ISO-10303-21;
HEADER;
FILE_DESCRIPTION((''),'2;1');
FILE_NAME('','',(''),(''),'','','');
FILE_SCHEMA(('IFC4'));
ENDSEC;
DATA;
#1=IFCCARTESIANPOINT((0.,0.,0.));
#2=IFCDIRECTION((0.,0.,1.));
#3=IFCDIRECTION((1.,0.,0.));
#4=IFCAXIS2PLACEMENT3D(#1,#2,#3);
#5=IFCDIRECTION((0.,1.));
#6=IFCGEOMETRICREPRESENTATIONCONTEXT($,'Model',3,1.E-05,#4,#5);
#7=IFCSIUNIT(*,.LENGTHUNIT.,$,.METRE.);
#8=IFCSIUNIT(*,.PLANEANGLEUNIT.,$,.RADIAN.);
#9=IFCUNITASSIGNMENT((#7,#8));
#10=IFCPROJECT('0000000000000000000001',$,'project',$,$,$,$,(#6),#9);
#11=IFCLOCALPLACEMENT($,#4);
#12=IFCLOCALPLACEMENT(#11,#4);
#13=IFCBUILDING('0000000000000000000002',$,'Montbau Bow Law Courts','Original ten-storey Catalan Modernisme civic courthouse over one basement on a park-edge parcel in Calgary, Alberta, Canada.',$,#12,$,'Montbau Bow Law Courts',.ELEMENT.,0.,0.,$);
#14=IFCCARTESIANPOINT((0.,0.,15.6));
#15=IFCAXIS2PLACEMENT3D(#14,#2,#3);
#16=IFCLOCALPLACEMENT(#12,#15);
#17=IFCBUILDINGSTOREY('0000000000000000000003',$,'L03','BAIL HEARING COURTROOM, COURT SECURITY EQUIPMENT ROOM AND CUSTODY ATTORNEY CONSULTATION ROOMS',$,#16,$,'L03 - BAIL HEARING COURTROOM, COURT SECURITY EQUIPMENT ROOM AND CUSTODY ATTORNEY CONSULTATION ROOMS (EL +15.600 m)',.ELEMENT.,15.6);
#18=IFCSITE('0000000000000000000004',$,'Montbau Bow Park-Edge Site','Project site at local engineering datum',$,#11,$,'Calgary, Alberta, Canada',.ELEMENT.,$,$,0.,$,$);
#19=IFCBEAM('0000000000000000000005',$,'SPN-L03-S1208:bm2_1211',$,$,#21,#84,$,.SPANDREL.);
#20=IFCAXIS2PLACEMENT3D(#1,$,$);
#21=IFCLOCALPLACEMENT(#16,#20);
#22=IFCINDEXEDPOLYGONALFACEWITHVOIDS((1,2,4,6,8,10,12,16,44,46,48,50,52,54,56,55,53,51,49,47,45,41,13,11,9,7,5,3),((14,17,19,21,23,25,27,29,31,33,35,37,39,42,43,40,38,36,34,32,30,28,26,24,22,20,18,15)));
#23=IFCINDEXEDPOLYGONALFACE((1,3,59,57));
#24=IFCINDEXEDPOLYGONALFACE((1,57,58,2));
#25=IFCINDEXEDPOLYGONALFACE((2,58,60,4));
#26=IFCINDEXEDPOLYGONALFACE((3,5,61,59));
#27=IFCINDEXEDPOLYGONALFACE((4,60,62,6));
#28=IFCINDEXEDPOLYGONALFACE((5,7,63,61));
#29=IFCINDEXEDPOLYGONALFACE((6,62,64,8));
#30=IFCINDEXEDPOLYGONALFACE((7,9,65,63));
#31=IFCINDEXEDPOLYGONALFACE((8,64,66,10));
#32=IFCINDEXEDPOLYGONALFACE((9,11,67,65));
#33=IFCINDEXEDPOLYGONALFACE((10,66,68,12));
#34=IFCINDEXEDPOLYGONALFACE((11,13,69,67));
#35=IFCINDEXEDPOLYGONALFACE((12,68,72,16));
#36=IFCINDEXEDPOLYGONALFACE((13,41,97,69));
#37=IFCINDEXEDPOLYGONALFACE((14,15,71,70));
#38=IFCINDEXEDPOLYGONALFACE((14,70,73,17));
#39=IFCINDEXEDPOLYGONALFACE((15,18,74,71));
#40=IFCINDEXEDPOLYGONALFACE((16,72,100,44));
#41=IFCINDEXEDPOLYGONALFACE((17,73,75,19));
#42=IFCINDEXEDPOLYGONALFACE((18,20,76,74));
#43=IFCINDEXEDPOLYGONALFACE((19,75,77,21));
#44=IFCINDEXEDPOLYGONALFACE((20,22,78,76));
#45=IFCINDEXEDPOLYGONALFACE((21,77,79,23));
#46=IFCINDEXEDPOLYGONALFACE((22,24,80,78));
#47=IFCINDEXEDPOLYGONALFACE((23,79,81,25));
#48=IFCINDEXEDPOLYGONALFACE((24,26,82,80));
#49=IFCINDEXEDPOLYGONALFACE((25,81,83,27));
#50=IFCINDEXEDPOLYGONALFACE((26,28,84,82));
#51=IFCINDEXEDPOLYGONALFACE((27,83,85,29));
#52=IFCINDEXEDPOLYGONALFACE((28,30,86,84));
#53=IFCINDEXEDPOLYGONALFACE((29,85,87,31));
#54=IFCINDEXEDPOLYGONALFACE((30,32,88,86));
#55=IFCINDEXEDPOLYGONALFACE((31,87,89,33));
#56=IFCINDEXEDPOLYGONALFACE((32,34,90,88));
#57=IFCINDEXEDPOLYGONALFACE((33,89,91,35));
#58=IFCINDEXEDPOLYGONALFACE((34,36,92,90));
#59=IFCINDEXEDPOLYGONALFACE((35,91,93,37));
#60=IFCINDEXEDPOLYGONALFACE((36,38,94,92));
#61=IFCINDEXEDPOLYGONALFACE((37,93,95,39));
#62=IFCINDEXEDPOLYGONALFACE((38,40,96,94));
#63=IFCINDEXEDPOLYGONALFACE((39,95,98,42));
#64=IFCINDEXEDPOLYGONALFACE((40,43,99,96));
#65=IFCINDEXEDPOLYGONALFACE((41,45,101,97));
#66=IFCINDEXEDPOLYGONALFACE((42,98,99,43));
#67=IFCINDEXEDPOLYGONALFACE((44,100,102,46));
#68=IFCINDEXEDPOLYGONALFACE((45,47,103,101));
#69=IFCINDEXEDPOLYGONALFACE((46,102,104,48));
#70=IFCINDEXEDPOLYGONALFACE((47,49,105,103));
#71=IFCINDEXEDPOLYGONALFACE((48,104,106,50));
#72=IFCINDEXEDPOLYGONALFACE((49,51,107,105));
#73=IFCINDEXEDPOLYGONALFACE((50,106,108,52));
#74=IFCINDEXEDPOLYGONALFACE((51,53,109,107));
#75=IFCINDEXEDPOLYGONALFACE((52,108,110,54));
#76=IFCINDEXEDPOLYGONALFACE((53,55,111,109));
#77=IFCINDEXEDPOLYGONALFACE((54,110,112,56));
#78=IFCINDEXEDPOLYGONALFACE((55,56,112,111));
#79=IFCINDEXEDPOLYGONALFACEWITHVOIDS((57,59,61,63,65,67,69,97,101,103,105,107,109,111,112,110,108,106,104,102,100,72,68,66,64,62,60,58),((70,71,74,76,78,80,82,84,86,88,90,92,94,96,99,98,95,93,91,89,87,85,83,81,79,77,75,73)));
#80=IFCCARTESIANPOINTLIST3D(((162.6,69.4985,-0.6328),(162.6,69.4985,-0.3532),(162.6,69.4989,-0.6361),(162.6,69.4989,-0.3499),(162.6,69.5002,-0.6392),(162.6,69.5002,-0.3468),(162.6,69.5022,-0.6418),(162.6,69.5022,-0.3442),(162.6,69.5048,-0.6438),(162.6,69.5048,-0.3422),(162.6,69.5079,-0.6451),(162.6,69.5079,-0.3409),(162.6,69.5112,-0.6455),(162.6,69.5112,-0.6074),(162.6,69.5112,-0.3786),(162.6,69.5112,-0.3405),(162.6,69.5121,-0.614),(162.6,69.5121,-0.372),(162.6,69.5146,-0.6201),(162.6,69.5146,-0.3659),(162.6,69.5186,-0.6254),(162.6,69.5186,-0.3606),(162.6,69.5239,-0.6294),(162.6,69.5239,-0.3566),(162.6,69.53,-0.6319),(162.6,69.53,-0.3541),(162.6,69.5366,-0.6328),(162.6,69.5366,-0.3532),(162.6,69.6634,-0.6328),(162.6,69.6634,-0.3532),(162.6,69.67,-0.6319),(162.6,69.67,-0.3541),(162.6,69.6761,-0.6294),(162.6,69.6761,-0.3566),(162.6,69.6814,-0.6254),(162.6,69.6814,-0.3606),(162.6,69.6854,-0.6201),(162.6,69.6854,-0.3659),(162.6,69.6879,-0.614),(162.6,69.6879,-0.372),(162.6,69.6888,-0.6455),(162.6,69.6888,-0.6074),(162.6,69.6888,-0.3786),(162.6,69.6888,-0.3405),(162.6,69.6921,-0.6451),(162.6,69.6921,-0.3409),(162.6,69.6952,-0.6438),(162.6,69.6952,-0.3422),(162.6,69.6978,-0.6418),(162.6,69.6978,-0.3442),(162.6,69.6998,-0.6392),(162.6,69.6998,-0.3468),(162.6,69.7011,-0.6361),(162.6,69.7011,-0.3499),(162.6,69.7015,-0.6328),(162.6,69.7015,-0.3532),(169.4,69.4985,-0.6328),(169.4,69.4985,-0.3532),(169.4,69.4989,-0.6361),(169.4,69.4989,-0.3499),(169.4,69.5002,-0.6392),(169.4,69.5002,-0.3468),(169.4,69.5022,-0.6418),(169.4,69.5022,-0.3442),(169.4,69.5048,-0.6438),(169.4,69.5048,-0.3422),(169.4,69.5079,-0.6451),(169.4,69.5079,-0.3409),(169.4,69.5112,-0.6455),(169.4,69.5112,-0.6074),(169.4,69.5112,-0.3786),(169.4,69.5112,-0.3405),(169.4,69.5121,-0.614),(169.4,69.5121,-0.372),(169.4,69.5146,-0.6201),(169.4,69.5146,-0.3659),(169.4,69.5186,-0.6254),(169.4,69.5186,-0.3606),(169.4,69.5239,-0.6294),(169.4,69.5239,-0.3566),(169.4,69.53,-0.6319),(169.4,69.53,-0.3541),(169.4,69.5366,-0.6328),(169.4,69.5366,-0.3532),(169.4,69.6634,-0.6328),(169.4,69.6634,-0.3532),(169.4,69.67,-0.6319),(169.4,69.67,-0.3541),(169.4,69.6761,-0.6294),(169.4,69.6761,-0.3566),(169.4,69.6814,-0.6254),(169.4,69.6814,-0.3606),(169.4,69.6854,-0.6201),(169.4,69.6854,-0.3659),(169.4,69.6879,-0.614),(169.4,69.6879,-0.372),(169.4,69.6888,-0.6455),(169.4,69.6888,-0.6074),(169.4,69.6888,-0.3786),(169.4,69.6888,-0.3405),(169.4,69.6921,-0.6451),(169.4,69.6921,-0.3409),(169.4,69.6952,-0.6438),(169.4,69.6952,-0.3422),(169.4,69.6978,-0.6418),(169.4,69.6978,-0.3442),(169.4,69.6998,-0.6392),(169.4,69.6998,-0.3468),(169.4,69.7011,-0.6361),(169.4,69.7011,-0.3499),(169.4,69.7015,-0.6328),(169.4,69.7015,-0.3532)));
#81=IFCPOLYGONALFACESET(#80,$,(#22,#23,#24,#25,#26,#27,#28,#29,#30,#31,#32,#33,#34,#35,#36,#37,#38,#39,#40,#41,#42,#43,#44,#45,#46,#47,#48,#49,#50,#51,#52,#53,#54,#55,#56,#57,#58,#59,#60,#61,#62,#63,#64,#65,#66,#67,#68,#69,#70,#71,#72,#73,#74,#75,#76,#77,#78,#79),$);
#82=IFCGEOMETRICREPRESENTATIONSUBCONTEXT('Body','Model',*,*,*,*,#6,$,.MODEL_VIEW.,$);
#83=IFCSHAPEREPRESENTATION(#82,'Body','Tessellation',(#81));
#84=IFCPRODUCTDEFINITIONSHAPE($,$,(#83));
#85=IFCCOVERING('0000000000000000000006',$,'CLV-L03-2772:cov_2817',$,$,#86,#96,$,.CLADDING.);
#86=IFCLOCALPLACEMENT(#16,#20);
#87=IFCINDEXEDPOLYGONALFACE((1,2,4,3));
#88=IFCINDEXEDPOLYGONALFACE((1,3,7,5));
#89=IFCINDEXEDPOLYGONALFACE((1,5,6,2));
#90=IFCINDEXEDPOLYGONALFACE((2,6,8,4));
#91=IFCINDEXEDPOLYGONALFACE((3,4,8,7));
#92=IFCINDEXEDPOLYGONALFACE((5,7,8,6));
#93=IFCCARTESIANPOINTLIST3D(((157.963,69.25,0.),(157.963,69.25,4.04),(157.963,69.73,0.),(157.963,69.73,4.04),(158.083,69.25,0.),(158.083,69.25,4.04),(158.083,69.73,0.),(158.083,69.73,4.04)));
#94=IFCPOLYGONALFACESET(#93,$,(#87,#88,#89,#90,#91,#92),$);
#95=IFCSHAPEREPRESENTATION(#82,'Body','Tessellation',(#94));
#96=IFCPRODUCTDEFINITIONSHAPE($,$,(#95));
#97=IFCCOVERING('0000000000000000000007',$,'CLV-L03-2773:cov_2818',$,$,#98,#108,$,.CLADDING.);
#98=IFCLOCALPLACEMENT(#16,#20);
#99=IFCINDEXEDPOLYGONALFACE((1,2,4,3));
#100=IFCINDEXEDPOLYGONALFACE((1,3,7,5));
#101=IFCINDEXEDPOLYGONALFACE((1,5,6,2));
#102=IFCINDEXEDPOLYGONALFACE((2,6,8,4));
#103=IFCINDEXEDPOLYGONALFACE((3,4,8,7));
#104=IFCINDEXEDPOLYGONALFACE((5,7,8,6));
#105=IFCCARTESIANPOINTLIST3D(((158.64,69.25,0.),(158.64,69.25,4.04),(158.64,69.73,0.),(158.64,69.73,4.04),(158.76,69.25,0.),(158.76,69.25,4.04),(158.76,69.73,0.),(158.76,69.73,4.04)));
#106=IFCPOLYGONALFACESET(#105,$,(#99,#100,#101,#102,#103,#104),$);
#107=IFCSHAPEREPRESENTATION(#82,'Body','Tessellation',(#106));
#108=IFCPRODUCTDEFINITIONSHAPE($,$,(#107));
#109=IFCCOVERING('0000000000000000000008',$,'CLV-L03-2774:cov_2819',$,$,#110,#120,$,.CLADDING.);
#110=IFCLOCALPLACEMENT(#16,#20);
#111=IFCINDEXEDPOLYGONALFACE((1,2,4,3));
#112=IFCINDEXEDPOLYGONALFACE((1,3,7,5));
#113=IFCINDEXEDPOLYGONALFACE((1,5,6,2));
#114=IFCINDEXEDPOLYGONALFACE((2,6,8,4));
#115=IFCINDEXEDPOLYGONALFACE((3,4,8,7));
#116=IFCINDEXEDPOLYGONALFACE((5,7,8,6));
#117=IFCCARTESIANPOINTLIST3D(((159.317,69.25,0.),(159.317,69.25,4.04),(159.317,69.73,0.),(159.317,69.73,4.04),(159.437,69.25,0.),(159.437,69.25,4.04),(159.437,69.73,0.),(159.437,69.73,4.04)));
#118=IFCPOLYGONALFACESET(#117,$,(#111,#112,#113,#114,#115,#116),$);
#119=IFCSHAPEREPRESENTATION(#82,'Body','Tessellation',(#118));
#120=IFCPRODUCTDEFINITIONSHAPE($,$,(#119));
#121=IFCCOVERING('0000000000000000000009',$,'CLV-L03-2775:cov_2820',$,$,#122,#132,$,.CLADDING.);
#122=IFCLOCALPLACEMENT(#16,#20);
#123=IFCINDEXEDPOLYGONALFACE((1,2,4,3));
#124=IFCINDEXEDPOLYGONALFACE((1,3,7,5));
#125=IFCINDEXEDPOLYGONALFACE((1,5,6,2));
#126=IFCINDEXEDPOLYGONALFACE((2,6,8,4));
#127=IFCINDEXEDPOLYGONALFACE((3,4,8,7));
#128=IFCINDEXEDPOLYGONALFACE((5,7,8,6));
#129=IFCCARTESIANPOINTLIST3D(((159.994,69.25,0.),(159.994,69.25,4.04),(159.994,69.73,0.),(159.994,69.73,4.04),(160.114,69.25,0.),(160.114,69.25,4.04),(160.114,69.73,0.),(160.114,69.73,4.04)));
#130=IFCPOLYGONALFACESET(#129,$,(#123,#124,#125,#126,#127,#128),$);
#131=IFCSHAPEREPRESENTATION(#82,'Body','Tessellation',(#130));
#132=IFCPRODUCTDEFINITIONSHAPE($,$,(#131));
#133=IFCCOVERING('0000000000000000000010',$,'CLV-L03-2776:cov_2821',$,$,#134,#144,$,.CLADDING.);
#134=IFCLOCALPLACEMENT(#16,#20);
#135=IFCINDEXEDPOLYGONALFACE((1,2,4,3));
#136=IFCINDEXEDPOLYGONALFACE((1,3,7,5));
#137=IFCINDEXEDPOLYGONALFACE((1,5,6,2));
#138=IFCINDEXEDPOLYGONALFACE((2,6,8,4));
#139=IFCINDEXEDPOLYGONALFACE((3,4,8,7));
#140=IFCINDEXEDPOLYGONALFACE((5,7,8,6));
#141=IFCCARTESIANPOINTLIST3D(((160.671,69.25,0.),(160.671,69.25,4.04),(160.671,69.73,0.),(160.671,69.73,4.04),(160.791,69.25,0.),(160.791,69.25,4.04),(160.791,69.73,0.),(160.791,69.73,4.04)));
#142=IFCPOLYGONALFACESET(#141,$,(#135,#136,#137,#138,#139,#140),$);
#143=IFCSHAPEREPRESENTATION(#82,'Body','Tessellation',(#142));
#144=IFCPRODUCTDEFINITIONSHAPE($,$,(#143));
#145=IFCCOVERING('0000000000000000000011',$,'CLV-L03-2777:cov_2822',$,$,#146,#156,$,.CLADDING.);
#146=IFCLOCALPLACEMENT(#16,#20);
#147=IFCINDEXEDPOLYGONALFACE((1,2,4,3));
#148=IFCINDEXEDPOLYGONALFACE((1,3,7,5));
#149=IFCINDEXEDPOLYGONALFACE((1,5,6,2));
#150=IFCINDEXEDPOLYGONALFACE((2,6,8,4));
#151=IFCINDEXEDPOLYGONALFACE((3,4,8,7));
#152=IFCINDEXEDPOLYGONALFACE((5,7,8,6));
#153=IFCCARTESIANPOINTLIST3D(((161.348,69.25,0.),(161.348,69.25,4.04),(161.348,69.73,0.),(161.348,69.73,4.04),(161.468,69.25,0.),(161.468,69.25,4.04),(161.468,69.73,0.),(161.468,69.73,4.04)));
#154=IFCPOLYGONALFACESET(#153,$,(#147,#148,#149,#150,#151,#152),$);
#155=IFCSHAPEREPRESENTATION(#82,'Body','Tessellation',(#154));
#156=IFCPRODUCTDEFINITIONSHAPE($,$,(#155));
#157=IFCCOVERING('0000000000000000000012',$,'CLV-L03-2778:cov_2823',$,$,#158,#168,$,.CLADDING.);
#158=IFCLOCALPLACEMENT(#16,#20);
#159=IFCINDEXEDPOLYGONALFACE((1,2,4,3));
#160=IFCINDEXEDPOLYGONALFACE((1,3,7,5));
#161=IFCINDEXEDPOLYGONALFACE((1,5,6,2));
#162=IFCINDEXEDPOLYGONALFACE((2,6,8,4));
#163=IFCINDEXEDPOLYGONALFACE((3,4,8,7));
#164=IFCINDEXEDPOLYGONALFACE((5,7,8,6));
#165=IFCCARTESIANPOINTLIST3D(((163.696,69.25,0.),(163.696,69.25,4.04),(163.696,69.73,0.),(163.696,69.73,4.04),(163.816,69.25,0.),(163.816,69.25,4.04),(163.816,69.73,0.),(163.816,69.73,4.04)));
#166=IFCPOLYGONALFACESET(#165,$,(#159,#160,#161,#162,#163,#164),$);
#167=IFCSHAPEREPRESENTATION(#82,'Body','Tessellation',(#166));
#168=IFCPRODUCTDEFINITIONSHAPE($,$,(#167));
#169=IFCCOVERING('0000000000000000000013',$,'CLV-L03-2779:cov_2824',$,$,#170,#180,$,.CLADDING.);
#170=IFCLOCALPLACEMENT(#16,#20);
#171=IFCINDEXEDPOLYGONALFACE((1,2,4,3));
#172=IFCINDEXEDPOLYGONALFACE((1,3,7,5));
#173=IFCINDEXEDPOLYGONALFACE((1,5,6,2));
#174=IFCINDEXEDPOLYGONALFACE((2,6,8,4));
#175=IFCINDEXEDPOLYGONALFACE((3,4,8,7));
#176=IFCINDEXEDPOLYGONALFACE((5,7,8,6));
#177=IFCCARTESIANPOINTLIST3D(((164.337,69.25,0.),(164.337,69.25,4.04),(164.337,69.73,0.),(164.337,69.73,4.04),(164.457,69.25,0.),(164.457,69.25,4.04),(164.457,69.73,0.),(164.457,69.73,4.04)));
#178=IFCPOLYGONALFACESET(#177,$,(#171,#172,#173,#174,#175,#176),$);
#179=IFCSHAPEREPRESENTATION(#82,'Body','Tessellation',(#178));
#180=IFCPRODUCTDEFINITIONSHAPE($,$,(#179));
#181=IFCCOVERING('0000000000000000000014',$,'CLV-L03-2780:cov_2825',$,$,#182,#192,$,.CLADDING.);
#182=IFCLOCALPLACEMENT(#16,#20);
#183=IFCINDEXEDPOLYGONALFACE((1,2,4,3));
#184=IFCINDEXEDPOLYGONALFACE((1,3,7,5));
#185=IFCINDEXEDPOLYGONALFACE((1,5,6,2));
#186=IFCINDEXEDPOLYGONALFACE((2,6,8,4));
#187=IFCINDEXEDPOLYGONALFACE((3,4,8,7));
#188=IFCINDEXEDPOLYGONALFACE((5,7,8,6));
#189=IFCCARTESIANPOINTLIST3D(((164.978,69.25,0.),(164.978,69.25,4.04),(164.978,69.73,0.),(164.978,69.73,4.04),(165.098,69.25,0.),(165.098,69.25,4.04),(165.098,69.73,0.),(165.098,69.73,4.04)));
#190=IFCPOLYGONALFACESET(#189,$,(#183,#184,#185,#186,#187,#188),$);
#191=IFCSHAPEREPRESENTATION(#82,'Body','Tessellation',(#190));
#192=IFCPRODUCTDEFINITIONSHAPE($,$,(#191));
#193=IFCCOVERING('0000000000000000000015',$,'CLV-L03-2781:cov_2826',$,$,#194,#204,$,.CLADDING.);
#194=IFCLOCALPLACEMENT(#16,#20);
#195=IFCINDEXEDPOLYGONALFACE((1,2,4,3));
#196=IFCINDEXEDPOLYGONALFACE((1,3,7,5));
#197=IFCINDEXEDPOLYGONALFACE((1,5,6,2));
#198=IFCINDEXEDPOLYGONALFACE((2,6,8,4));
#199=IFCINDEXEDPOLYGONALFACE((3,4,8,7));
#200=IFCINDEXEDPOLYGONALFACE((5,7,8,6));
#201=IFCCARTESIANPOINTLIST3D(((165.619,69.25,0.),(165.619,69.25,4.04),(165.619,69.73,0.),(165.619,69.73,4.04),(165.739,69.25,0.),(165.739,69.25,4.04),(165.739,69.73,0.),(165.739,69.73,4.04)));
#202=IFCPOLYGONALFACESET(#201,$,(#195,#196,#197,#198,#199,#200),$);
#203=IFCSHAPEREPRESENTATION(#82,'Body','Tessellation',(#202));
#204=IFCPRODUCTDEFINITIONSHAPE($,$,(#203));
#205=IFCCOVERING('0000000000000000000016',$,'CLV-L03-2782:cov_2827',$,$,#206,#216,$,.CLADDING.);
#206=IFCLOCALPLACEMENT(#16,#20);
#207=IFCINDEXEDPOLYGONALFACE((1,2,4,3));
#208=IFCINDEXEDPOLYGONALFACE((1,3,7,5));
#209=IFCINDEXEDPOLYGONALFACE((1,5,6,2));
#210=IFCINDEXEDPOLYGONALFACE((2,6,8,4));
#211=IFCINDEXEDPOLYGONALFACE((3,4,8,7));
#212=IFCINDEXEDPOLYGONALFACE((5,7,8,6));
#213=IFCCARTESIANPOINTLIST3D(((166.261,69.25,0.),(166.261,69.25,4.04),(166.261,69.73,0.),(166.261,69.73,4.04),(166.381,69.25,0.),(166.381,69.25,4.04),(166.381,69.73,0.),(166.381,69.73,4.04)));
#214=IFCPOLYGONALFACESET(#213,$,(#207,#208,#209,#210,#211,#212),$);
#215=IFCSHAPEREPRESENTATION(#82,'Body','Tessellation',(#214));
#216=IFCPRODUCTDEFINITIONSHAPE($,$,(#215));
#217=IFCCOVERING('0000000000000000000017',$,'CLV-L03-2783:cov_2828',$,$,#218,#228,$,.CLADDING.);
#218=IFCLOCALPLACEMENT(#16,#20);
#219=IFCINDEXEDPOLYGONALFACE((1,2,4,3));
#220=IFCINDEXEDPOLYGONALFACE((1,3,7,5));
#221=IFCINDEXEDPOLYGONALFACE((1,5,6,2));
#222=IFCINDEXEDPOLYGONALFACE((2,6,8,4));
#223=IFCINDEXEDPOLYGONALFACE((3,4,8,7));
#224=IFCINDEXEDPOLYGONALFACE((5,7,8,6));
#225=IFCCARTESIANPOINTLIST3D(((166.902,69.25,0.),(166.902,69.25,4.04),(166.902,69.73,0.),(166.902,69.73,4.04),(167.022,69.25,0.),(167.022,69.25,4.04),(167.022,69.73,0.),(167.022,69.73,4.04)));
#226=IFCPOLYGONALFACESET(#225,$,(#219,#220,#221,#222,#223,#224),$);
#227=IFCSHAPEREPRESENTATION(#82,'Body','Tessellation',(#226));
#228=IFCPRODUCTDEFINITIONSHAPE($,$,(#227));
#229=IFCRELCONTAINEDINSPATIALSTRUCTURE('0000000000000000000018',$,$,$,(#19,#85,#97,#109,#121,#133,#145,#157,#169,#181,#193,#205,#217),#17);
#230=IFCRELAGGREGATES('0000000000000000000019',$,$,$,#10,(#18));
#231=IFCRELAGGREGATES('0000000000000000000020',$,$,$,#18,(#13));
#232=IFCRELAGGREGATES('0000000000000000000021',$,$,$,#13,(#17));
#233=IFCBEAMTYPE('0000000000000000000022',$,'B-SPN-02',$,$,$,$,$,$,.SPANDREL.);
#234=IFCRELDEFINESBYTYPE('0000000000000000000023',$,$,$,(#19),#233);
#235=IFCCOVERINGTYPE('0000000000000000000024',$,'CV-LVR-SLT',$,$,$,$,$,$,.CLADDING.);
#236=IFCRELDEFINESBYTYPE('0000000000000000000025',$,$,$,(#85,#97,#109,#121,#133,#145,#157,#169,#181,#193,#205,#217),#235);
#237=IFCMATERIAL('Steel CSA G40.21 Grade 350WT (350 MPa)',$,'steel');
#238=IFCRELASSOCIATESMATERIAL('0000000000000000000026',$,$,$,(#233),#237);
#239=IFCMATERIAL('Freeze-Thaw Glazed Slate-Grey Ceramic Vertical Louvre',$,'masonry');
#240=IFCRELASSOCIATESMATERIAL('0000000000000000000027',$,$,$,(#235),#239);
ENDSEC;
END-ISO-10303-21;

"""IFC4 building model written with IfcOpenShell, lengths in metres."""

from ifc_helpers import new_model, si_unit, direction, frame, frame_2d, origin_with_axes, origin_2d_with_axis, place, context, subcontext, project, spatial, rectangle, hollow_rectangle, extrude, material, material_profile, profile_set, type_object, element, save


model = new_model("IFC4")

# Units and contexts
model_context = context("Model", 3, precision=1e-05, world=origin_with_axes(), true_north=direction((0.0, 1.0)))
body_context = subcontext(model_context, "Body", "Model", "MODEL_VIEW")
ifc_project = project(units=[si_unit("LENGTHUNIT", "METRE"), si_unit("PLANEANGLEUNIT", "RADIAN")], contexts=[model_context])

# Site, building, storey
site_placement = place(None, origin_with_axes())
site = spatial("IfcSite", under=ifc_project, at=site_placement, Name="Montbau Bow Park-Edge Site", Description="Project site at local engineering datum", LongName="Calgary, Alberta, Canada", CompositionType="ELEMENT", RefElevation=0.0)
building_placement = place(site_placement, origin_with_axes())
building = spatial("IfcBuilding", under=site, at=building_placement, Name="Montbau Bow Law Courts", Description="Original ten-storey Catalan Modernisme civic courthouse over one basement on a park-edge parcel in Calgary, Alberta, Canada.", LongName="Montbau Bow Law Courts", CompositionType="ELEMENT", ElevationOfRefHeight=0.0, ElevationOfTerrain=0.0)
storey_placement = place(building_placement, frame((0.0, 0.0, 15.6), z_axis=(0.0, 0.0, 1.0), x_axis=(1.0, 0.0, 0.0)))
storey = spatial("IfcBuildingStorey", under=building, at=storey_placement, Name="L03", Description="BAIL HEARING COURTROOM, COURT SECURITY EQUIPMENT ROOM AND CUSTODY ATTORNEY CONSULTATION ROOMS", LongName="L03 - BAIL HEARING COURTROOM, COURT SECURITY EQUIPMENT ROOM AND CUSTODY ATTORNEY CONSULTATION ROOMS (EL +15.600 m)", CompositionType="ELEMENT", Elevation=15.6)

# Beam
ifc_material_1 = material(Name="Steel CSA G40.21 Grade 350WT (350 MPa)", Category="steel")
ifc_material_profile_1 = material_profile(ifc_material_1, hollow_rectangle(XDim=0.203, YDim=0.305, WallThickness=0.0127, InnerFilletRadius=0.0254, OuterFilletRadius=0.0127, at=origin_2d_with_axis()), Name="HSS305X203X13", Category="Main", Priority=0)
ifc_profile_set_1 = profile_set([ifc_material_profile_1], Name="Steel CSA G40.21 Grade 350WT (350 MPa)")
beam_type_1 = type_object("IfcBeamType", Name="B-SPN-02", PredefinedType="SPANDREL", material=ifc_profile_set_1)
beam_1_placement = place(None, frame((162.6, 69.6, 15.107), z_axis=(1.0, 0.0, 0.0), x_axis=(0.0, 1.0, 0.0)))
element("IfcBeam", 1, at=beam_1_placement, inside=storey, type_object=beam_type_1, Name="SPN-L03-S1208:bm2_1211", PredefinedType="SPANDREL", context=body_context, shape_type="SweptSolid", body=[
    extrude(hollow_rectangle(XDim=0.203, YDim=0.305, WallThickness=0.0127, InnerFilletRadius=0.0254, OuterFilletRadius=0.0127, at=origin_2d_with_axis()), origin_with_axes(), (0.0, 0.0, 1.0), 6.8),
])

# Coverings
ifc_material_2 = material(Name="Freeze-Thaw Glazed Slate-Grey Ceramic Vertical Louvre", Category="masonry")
covering_type = type_object("IfcCoveringType", Name="CV-LVR-SLT", PredefinedType="CLADDING", material=ifc_material_2)
for number, where, z_axis, x_axis, name in (
    (2, (158.023, 69.73, 15.6), (-1.0, 0.0, 0.0), (0.0, -1.0, 0.0), "CLV-L03-2772:cov_2817"),
    (3, (158.7, 69.73, 15.6), (-1.0, 0.0, 0.0), (0.0, -1.0, 0.0), "CLV-L03-2773:cov_2818"),
    (4, (159.377, 69.73, 15.6), (-1.0, 0.0, 0.0), (0.0, -1.0, 0.0), "CLV-L03-2774:cov_2819"),
    (5, (160.054, 69.73, 15.6), (-1.0, 0.0, 0.0), (0.0, -1.0, 0.0), "CLV-L03-2775:cov_2820"),
    (6, (160.731, 69.73, 15.6), (-1.0, 0.0, 0.0), (0.0, -1.0, 0.0), "CLV-L03-2776:cov_2821"),
    (7, (161.408, 69.73, 15.6), (-1.0, 0.0, 0.0), (0.0, -1.0, 0.0), "CLV-L03-2777:cov_2822"),
    (8, (163.756, 69.73, 15.6), (-1.0, 0.0, 0.0), (0.0, -1.0, 0.0), "CLV-L03-2778:cov_2823"),
    (9, (164.397, 69.73, 15.6), (-1.0, 0.0, 0.0), (0.0, -1.0, 0.0), "CLV-L03-2779:cov_2824"),
    (10, (165.038, 69.73, 15.6), (-1.0, 0.0, 0.0), (0.0, -1.0, 0.0), "CLV-L03-2780:cov_2825"),
    (11, (165.679, 69.73, 15.6), (-1.0, 0.0, 0.0), (0.0, -1.0, 0.0), "CLV-L03-2781:cov_2826"),
    (12, (166.321, 69.73, 15.6), (-1.0, 0.0, 0.0), (0.0, -1.0, 0.0), "CLV-L03-2782:cov_2827"),
    (13, (166.962, 69.73, 15.6), (-1.0, 0.0, 0.0), (0.0, -1.0, 0.0), "CLV-L03-2783:cov_2828"),
):
    element("IfcCovering", number, at=place(None, frame(where, z_axis=z_axis, x_axis=x_axis)), inside=storey, type_object=covering_type, Name=name, PredefinedType="CLADDING", context=body_context, shape_type="SweptSolid", body=[
        extrude(rectangle(XDim=0.48, YDim=4.04, at=frame_2d((0.24, 2.02), x_axis=(1.0, 0.0))), frame((0.0, 0.0, -0.06), z_axis=(0.0, 0.0, 1.0), x_axis=(1.0, 0.0, 0.0)), (0.0, 0.0, 1.0), 0.12),
    ])

save(model, "model.ifc")
